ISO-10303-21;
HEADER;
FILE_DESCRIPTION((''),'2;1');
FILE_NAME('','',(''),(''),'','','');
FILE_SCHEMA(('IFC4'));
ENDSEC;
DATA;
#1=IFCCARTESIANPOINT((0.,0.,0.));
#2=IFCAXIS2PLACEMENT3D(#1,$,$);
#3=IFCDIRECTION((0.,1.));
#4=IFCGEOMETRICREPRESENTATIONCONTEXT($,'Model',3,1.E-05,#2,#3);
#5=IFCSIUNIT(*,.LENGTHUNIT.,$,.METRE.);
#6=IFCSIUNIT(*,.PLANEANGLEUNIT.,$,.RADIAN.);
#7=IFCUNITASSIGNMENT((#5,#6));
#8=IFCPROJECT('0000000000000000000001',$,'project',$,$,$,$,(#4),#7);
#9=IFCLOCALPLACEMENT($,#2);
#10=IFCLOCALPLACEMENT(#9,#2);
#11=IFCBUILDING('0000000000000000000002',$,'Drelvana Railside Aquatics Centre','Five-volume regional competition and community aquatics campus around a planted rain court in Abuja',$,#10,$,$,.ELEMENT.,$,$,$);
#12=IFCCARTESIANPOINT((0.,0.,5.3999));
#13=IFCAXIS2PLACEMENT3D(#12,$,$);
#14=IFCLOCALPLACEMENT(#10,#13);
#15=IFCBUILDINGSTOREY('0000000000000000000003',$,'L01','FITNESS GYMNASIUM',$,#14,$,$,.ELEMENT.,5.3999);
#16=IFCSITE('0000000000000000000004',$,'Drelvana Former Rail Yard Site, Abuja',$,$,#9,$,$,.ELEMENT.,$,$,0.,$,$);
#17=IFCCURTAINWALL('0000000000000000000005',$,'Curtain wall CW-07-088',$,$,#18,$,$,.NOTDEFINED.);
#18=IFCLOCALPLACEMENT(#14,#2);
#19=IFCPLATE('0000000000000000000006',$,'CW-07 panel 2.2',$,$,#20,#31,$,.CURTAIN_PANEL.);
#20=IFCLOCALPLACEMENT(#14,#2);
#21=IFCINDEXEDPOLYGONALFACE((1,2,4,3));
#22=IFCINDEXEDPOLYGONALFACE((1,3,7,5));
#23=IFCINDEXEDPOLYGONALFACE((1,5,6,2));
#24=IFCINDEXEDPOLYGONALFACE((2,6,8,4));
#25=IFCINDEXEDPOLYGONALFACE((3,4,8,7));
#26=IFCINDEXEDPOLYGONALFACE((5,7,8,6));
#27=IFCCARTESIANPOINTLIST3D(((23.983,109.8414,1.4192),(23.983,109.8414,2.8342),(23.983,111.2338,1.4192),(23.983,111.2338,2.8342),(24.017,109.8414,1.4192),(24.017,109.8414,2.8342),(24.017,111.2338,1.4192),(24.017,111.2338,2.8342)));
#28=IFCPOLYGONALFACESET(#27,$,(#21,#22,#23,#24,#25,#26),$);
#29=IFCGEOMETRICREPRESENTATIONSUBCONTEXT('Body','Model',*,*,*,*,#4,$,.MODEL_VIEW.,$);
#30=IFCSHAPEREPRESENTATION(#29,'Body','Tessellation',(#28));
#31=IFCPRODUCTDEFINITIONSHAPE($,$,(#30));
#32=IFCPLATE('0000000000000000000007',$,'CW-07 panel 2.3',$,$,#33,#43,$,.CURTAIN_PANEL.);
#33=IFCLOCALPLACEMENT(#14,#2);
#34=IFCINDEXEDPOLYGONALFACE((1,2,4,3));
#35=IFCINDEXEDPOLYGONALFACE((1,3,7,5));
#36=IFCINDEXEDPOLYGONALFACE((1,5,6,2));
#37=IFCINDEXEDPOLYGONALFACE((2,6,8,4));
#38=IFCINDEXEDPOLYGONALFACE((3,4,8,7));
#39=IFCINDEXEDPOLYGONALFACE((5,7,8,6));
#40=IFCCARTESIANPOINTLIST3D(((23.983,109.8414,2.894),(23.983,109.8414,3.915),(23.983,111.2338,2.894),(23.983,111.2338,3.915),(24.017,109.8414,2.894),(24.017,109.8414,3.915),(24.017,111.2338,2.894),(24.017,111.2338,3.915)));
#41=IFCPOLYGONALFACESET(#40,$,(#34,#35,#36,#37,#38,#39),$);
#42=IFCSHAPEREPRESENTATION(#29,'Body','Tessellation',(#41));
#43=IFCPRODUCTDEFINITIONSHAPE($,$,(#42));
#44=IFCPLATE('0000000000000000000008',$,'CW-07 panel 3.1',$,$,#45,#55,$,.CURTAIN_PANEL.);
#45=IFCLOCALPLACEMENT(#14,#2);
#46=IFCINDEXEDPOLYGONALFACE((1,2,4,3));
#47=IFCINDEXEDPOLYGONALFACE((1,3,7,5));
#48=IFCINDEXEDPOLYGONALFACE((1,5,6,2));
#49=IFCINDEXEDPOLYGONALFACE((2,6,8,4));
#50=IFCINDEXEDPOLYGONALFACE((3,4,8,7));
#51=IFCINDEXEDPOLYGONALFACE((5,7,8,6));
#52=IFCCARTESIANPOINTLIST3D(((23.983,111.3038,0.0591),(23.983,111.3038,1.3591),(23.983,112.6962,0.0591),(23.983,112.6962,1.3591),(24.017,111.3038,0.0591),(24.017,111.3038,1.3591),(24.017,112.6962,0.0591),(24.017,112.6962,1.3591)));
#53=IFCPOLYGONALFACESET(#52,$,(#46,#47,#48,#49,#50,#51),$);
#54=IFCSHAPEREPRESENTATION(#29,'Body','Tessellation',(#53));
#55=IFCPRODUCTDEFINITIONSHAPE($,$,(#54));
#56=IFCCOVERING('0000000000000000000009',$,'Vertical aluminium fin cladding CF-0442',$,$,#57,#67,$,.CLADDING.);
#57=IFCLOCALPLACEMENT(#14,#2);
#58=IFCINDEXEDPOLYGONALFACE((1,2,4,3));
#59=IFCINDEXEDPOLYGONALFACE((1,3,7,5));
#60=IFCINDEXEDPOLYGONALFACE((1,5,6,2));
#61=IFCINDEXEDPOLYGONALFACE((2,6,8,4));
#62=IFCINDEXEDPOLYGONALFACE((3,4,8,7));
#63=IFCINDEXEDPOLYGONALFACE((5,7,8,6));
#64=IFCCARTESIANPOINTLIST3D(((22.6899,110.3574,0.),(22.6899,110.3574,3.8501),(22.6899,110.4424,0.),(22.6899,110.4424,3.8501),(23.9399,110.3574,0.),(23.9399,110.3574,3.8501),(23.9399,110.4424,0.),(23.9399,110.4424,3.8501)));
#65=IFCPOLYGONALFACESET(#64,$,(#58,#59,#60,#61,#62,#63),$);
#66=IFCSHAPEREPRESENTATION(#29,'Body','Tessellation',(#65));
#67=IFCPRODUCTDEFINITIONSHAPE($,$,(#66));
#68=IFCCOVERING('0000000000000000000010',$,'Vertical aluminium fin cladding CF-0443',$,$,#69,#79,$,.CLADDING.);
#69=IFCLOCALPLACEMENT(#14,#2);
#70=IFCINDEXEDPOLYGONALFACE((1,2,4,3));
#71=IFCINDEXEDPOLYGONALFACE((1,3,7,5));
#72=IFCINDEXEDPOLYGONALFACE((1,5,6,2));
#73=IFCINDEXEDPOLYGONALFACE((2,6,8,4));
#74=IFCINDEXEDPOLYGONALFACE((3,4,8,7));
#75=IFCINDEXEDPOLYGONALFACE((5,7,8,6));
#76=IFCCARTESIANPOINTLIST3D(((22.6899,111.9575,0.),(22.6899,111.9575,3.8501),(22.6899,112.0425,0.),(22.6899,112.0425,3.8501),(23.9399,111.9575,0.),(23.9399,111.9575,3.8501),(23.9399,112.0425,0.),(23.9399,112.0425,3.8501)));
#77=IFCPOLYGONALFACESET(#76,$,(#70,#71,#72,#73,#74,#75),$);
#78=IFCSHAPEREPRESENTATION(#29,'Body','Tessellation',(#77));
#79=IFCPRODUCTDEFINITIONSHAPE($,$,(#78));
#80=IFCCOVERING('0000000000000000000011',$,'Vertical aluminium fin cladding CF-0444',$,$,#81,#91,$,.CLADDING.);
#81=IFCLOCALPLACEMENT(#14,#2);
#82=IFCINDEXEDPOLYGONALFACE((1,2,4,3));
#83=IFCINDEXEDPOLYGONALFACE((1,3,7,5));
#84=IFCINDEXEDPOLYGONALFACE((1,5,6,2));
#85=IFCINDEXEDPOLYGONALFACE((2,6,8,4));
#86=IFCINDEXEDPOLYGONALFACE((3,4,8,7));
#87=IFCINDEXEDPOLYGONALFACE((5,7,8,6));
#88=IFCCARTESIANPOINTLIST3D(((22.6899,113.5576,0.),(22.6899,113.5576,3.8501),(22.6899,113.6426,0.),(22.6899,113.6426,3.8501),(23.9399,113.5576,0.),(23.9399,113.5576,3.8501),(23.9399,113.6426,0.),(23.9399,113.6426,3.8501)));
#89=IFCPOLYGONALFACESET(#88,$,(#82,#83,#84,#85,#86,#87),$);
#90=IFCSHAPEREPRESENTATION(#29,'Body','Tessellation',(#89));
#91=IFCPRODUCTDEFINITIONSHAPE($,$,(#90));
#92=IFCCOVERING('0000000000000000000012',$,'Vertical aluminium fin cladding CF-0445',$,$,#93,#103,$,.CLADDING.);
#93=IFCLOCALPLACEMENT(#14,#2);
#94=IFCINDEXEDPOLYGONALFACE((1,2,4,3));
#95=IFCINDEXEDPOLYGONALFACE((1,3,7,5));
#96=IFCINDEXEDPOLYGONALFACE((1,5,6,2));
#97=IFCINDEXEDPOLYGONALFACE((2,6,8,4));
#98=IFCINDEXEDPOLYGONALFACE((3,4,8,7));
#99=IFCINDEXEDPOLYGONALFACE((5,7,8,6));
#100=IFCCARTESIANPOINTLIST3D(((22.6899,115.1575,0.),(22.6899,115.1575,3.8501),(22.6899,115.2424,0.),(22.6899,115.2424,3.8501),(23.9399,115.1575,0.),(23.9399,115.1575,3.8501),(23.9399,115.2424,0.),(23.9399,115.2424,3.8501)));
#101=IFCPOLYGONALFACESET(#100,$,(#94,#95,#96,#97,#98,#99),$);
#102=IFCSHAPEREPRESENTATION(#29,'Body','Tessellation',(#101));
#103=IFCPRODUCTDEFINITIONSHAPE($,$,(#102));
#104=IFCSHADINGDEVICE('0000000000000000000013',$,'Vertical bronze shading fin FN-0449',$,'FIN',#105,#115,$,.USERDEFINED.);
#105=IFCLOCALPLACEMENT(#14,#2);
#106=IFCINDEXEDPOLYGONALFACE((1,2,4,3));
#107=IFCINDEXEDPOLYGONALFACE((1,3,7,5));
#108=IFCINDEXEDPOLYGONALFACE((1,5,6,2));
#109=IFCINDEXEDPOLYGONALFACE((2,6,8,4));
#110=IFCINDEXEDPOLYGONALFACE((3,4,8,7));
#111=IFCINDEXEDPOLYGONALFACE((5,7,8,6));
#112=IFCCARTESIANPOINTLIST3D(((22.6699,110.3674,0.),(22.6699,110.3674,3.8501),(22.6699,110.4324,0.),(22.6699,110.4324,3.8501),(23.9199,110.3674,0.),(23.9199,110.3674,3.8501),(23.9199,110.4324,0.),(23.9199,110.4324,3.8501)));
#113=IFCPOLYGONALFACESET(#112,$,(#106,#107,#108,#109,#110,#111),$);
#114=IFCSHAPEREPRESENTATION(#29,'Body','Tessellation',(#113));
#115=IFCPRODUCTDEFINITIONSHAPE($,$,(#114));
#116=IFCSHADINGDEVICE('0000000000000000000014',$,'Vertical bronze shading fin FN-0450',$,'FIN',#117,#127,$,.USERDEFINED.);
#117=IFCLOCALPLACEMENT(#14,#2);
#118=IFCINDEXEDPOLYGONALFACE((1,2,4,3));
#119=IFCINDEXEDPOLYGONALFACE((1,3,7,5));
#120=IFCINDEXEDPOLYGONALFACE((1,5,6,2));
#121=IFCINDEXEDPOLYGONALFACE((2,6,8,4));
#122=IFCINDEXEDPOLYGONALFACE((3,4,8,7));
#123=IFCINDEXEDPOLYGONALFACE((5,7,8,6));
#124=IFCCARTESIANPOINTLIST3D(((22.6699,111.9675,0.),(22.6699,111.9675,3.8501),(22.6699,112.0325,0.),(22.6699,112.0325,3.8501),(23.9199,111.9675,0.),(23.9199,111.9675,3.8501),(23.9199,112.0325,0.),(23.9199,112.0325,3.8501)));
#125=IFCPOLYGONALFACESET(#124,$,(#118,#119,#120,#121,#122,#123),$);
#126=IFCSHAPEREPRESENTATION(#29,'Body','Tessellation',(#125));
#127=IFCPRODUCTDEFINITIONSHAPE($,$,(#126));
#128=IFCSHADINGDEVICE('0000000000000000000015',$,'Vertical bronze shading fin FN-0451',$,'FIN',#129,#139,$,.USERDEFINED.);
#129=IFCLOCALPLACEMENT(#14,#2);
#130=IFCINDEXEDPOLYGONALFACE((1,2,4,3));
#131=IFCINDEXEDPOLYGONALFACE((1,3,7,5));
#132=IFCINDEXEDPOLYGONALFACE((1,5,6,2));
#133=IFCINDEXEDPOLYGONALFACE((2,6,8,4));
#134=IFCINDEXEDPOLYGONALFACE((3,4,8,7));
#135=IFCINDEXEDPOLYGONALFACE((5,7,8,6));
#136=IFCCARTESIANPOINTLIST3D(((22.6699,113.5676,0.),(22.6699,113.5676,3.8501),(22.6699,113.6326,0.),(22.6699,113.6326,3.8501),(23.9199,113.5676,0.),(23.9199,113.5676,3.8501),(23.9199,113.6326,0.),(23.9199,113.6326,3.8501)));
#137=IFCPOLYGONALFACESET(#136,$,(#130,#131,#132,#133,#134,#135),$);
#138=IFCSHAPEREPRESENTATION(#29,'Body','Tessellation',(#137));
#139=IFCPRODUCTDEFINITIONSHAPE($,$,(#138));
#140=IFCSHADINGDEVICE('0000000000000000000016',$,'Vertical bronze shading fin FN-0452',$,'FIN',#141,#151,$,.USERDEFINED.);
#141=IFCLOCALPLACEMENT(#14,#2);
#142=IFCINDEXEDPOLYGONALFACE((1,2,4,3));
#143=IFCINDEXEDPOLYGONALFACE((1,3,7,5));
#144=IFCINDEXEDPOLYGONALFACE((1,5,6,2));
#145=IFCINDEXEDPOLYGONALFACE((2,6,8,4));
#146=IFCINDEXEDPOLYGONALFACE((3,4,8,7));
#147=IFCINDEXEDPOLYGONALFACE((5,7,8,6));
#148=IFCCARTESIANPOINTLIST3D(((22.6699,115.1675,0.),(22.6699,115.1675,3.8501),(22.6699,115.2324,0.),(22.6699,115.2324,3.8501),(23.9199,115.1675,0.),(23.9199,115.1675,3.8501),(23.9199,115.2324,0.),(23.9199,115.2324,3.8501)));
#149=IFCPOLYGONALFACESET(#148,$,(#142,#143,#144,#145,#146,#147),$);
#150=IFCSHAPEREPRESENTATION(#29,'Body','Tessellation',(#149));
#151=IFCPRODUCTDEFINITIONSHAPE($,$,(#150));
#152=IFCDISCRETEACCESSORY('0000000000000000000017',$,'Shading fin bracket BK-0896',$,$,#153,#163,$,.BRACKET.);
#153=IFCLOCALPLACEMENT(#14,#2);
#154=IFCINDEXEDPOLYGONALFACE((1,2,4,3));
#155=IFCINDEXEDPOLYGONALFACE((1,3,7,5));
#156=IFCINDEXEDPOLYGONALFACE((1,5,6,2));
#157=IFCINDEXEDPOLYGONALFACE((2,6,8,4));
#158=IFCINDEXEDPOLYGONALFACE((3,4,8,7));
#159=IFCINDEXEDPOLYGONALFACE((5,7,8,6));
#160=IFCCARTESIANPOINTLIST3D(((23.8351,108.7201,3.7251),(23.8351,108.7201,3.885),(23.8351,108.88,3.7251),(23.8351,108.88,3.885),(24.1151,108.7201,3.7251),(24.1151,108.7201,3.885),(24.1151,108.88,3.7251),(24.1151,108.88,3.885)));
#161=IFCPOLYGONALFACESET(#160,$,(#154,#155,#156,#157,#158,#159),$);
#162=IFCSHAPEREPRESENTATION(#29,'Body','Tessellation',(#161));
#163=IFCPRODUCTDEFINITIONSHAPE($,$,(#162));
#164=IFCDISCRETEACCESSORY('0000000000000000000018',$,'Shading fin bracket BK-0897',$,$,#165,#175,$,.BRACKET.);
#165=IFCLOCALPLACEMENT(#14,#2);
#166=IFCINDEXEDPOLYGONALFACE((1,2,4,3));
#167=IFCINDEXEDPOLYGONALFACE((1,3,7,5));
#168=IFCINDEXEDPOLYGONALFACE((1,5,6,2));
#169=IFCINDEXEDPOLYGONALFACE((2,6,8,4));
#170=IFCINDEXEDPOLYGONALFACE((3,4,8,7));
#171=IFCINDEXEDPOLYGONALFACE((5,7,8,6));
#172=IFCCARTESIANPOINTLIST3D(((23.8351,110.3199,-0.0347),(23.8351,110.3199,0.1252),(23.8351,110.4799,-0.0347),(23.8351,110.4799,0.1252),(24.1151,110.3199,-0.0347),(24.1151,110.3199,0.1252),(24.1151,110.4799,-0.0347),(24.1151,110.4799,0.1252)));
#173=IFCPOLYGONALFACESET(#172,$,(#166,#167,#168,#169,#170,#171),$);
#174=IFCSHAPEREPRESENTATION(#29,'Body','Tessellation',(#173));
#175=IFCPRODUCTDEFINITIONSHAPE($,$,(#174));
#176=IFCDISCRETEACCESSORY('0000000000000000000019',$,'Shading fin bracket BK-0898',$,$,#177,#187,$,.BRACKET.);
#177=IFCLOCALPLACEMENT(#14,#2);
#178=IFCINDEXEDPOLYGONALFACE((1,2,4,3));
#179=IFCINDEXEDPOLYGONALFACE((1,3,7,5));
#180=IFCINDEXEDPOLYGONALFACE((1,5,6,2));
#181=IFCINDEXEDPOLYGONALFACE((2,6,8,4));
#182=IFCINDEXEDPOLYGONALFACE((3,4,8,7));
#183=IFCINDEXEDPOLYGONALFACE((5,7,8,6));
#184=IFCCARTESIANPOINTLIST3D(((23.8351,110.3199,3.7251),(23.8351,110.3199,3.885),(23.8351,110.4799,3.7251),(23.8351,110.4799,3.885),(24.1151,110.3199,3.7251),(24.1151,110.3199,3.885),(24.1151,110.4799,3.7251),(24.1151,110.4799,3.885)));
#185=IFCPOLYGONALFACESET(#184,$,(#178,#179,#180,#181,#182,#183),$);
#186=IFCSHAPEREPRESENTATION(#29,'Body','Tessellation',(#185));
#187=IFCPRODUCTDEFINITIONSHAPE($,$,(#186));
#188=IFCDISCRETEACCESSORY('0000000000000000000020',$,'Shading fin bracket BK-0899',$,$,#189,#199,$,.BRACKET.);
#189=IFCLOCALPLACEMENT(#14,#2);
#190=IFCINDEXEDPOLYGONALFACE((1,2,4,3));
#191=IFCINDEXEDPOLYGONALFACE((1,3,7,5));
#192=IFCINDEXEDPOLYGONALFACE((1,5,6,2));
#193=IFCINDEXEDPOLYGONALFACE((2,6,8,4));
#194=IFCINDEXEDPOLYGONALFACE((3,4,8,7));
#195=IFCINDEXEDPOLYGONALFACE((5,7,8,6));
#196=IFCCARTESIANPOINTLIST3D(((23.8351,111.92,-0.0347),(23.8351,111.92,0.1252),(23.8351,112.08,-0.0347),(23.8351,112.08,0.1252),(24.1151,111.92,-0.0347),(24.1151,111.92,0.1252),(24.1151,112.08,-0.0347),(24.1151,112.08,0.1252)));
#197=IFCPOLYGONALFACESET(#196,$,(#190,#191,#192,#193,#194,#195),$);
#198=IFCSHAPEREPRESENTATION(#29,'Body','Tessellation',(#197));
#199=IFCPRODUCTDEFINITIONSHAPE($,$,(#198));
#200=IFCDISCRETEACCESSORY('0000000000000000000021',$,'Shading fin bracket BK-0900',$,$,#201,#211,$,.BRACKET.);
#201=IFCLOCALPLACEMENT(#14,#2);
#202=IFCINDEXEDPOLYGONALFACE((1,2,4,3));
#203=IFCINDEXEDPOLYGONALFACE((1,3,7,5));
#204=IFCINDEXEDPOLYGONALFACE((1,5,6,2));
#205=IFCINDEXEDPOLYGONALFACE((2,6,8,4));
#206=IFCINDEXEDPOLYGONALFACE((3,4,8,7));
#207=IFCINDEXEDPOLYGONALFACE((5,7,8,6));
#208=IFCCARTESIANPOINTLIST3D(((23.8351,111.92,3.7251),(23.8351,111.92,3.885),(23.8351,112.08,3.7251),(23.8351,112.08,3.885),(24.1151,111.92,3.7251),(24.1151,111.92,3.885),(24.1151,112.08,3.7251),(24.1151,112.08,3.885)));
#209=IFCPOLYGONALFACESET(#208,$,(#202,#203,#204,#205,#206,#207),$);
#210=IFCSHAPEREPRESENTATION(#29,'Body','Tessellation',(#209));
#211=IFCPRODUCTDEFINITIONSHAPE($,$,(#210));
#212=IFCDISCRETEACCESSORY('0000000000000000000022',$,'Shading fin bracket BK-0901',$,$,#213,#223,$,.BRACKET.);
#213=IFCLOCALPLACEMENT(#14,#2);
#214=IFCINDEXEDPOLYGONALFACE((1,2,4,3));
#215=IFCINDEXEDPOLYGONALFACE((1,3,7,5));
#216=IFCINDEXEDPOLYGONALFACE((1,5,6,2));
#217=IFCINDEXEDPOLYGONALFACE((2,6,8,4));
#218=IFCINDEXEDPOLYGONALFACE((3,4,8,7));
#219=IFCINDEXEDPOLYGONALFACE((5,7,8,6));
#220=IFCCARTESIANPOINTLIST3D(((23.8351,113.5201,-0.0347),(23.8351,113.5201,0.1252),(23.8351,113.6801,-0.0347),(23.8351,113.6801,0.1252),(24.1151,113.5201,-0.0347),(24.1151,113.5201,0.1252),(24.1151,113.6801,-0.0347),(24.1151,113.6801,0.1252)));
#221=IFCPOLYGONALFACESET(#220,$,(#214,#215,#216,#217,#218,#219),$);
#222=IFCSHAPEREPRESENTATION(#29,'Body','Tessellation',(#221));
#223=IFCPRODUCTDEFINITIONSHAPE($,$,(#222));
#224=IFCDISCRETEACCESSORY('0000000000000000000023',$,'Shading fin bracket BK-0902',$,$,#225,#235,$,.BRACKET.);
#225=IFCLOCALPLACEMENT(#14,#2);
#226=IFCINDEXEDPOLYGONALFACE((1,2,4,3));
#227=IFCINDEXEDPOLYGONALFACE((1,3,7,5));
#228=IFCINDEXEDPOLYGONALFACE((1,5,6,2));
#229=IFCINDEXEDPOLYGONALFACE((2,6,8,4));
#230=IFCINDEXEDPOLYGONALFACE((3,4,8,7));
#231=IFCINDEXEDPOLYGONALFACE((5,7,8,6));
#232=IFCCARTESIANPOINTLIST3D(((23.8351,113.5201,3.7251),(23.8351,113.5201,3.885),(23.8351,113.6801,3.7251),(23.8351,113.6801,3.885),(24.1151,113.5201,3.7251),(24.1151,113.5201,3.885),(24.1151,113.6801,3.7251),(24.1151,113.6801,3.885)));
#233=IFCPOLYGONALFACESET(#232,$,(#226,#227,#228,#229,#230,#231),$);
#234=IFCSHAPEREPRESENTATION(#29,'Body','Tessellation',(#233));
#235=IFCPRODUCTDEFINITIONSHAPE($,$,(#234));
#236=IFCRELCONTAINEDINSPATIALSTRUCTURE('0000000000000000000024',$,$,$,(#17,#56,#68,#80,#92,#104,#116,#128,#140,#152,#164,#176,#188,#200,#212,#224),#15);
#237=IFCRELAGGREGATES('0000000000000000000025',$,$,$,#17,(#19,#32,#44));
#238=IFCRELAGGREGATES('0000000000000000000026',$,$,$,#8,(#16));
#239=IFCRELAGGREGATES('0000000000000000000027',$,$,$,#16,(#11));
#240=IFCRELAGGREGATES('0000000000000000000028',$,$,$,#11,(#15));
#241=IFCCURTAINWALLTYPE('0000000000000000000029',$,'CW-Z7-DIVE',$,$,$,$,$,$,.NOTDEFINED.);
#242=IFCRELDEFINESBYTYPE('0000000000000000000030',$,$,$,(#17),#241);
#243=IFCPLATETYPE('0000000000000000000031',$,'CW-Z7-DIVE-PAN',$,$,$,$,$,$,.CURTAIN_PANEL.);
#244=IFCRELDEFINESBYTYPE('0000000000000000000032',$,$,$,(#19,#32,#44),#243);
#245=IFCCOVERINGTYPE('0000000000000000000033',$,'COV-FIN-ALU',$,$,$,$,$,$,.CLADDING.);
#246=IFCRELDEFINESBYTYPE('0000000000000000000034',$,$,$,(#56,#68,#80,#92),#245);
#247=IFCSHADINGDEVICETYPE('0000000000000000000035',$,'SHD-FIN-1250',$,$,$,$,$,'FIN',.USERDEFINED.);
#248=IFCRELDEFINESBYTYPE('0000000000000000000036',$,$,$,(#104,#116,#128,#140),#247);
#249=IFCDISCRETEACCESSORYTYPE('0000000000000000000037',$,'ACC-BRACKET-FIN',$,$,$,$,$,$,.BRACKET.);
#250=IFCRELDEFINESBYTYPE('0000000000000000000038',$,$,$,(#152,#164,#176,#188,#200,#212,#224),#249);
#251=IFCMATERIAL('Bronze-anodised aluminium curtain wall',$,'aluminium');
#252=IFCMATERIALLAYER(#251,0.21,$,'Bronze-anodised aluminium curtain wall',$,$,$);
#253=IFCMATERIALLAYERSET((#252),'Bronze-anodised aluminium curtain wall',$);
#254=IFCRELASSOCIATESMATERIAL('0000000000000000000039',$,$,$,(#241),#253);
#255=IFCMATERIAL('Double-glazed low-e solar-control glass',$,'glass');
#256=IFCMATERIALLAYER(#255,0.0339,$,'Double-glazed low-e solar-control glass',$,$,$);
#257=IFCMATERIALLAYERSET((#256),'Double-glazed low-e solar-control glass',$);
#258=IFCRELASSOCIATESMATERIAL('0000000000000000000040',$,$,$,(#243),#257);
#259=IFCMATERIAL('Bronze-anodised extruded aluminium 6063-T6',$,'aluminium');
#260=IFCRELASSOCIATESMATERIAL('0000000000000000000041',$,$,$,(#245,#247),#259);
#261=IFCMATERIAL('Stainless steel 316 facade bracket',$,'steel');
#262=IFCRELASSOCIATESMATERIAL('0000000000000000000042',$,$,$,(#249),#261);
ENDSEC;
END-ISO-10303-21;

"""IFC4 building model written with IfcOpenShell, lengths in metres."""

from ifc_helpers import new_model, si_unit, direction, frame, origin, origin_2d, place, context, subcontext, project, spatial, rectangle, extrude, material, layer, layer_set, type_object, element, aggregate, save


model = new_model("IFC4")

# Units and contexts
model_context = context("Model", 3, precision=1e-05, world=origin(), true_north=direction((0.0, 1.0)))
body_context = subcontext(model_context, "Body", "Model", "MODEL_VIEW")
ifc_project = project(units=[si_unit("LENGTHUNIT", "METRE"), si_unit("PLANEANGLEUNIT", "RADIAN")], contexts=[model_context])

# Site, building, storey
site_placement = place(None, origin())
site = spatial("IfcSite", under=ifc_project, at=site_placement, Name="Drelvana Former Rail Yard Site, Abuja", CompositionType="ELEMENT", RefElevation=0.0)
building_placement = place(site_placement, origin())
building = spatial("IfcBuilding", under=site, at=building_placement, Name="Drelvana Railside Aquatics Centre", Description="Five-volume regional competition and community aquatics campus around a planted rain court in Abuja", CompositionType="ELEMENT")
storey_placement = place(building_placement, frame((0.0, 0.0, 5.3999)))
storey = spatial("IfcBuildingStorey", under=building, at=storey_placement, Name="L01", Description="FITNESS GYMNASIUM", CompositionType="ELEMENT", Elevation=5.3999)

# Curtain wall, plates
ifc_material_1 = material(Name="Bronze-anodised aluminium curtain wall", Category="aluminium")
ifc_layer_1 = layer(ifc_material_1, 0.21, Name="Bronze-anodised aluminium curtain wall")
ifc_layer_set_1 = layer_set([ifc_layer_1], Name="Bronze-anodised aluminium curtain wall")
curtain_wall_type = type_object("IfcCurtainWallType", Name="CW-Z7-DIVE", PredefinedType="NOTDEFINED", material=ifc_layer_set_1)
curtain_wall_placement = place(storey_placement, origin())
curtain_wall = element("IfcCurtainWall", 1, at=curtain_wall_placement, inside=storey, type_object=curtain_wall_type, Name="Curtain wall CW-07-088", PredefinedType="NOTDEFINED")
ifc_material_2 = material(Name="Double-glazed low-e solar-control glass", Category="glass")
ifc_layer_2 = layer(ifc_material_2, 0.0339, Name="Double-glazed low-e solar-control glass")
ifc_layer_set_2 = layer_set([ifc_layer_2], Name="Double-glazed low-e solar-control glass")
plate_type = type_object("IfcPlateType", Name="CW-Z7-DIVE-PAN", PredefinedType="CURTAIN_PANEL", material=ifc_layer_set_2)
plate_1_placement = place(storey_placement, frame((24.0, 110.5376, 1.4192), z_axis=(0.0, 0.0, 1.0), x_axis=(0.0, 1.0, 0.0)))
plate_1 = element("IfcPlate", 2, at=plate_1_placement, type_object=plate_type, Name="CW-07 panel 2.2", PredefinedType="CURTAIN_PANEL", context=body_context, shape_type="SweptSolid", body=[
    extrude(rectangle(XDim=1.3923, YDim=0.0339, at=origin_2d()), origin(), (0.0, 0.0, 1.0), 1.415),
])
plate_2_placement = place(storey_placement, frame((24.0, 110.5376, 2.894), z_axis=(0.0, 0.0, 1.0), x_axis=(0.0, 1.0, 0.0)))
plate_2 = element("IfcPlate", 3, at=plate_2_placement, type_object=plate_type, Name="CW-07 panel 2.3", PredefinedType="CURTAIN_PANEL", context=body_context, shape_type="SweptSolid", body=[
    extrude(rectangle(XDim=1.3923, YDim=0.0339, at=origin_2d()), origin(), (0.0, 0.0, 1.0), 1.021),
])
plate_3_placement = place(storey_placement, frame((24.0, 112.0, 0.0591), z_axis=(0.0, 0.0, 1.0), x_axis=(0.0, 1.0, 0.0)))
plate_3 = element("IfcPlate", 4, at=plate_3_placement, type_object=plate_type, Name="CW-07 panel 3.1", PredefinedType="CURTAIN_PANEL", context=body_context, shape_type="SweptSolid", body=[
    extrude(rectangle(XDim=1.3923, YDim=0.0339, at=origin_2d()), origin(), (0.0, 0.0, 1.0), 1.3),
])
aggregate(curtain_wall, [plate_1, plate_2, plate_3])

# Coverings
ifc_material_3 = material(Name="Bronze-anodised extruded aluminium 6063-T6", Category="aluminium")
covering_type = type_object("IfcCoveringType", Name="COV-FIN-ALU", PredefinedType="CLADDING", material=ifc_material_3)
for number, where, z_axis, x_axis, name in (
    (5, (23.3149, 110.3999, 0.0), (0.0, 0.0, 1.0), (0.0, 1.0, 0.0), "Vertical aluminium fin cladding CF-0442"),
    (6, (23.3149, 112.0, 0.0), (0.0, 0.0, 1.0), (0.0, 1.0, 0.0), "Vertical aluminium fin cladding CF-0443"),
    (7, (23.3149, 113.6001, 0.0), (0.0, 0.0, 1.0), (0.0, 1.0, 0.0), "Vertical aluminium fin cladding CF-0444"),
    (8, (23.3149, 115.2, 0.0), (0.0, 0.0, 1.0), (0.0, 1.0, 0.0), "Vertical aluminium fin cladding CF-0445"),
):
    element("IfcCovering", number, at=place(storey_placement, frame(where, z_axis=z_axis, x_axis=x_axis)), inside=storey, type_object=covering_type, Name=name, PredefinedType="CLADDING", context=body_context, shape_type="SweptSolid", body=[
        extrude(rectangle(XDim=0.085, YDim=1.25, at=origin_2d()), origin(), (0.0, 0.0, 1.0), 3.8501),
    ])

# Shading devices
shading_device_type = type_object("IfcShadingDeviceType", Name="SHD-FIN-1250", ElementType="FIN", PredefinedType="USERDEFINED", material=ifc_material_3)
for number, where, z_axis, x_axis, name in (
    (9, (23.2949, 110.3999, 0.0), (0.0, 0.0, 1.0), (-1.0, 0.0, 0.0), "Vertical bronze shading fin FN-0449"),
    (10, (23.2949, 112.0, 0.0), (0.0, 0.0, 1.0), (-1.0, 0.0, 0.0), "Vertical bronze shading fin FN-0450"),
    (11, (23.2949, 113.6001, 0.0), (0.0, 0.0, 1.0), (-1.0, 0.0, 0.0), "Vertical bronze shading fin FN-0451"),
    (12, (23.2949, 115.2, 0.0), (0.0, 0.0, 1.0), (-1.0, 0.0, 0.0), "Vertical bronze shading fin FN-0452"),
):
    element("IfcShadingDevice", number, at=place(storey_placement, frame(where, z_axis=z_axis, x_axis=x_axis)), inside=storey, type_object=shading_device_type, Name=name, ObjectType="FIN", PredefinedType="USERDEFINED", context=body_context, shape_type="SweptSolid", body=[
        extrude(rectangle(XDim=1.25, YDim=0.0649, at=origin_2d()), origin(), (0.0, 0.0, 1.0), 3.8501),
    ])

# Discrete accessories
ifc_material_4 = material(Name="Stainless steel 316 facade bracket", Category="steel")
discrete_accessory_type = type_object("IfcDiscreteAccessoryType", Name="ACC-BRACKET-FIN", PredefinedType="BRACKET", material=ifc_material_4)
for number, where, z_axis, x_axis, name in (
    (13, (23.9751, 108.8, 3.7251), (0.0, 0.0, 1.0), (-1.0, 0.0, 0.0), "Shading fin bracket BK-0896"),
    (14, (23.9751, 110.3999, -0.0347), (0.0, 0.0, 1.0), (-1.0, 0.0, 0.0), "Shading fin bracket BK-0897"),
    (15, (23.9751, 110.3999, 3.7251), (0.0, 0.0, 1.0), (-1.0, 0.0, 0.0), "Shading fin bracket BK-0898"),
    (16, (23.9751, 112.0, -0.0347), (0.0, 0.0, 1.0), (-1.0, 0.0, 0.0), "Shading fin bracket BK-0899"),
    (17, (23.9751, 112.0, 3.7251), (0.0, 0.0, 1.0), (-1.0, 0.0, 0.0), "Shading fin bracket BK-0900"),
    (18, (23.9751, 113.6001, -0.0347), (0.0, 0.0, 1.0), (-1.0, 0.0, 0.0), "Shading fin bracket BK-0901"),
    (19, (23.9751, 113.6001, 3.7251), (0.0, 0.0, 1.0), (-1.0, 0.0, 0.0), "Shading fin bracket BK-0902"),
):
    element("IfcDiscreteAccessory", number, at=place(storey_placement, frame(where, z_axis=z_axis, x_axis=x_axis)), inside=storey, type_object=discrete_accessory_type, Name=name, PredefinedType="BRACKET", context=body_context, shape_type="SweptSolid", body=[
        extrude(rectangle(XDim=0.28, YDim=0.1599, at=origin_2d()), origin(), (0.0, 0.0, 1.0), 0.1599),
    ])

save(model, "model.ifc")
